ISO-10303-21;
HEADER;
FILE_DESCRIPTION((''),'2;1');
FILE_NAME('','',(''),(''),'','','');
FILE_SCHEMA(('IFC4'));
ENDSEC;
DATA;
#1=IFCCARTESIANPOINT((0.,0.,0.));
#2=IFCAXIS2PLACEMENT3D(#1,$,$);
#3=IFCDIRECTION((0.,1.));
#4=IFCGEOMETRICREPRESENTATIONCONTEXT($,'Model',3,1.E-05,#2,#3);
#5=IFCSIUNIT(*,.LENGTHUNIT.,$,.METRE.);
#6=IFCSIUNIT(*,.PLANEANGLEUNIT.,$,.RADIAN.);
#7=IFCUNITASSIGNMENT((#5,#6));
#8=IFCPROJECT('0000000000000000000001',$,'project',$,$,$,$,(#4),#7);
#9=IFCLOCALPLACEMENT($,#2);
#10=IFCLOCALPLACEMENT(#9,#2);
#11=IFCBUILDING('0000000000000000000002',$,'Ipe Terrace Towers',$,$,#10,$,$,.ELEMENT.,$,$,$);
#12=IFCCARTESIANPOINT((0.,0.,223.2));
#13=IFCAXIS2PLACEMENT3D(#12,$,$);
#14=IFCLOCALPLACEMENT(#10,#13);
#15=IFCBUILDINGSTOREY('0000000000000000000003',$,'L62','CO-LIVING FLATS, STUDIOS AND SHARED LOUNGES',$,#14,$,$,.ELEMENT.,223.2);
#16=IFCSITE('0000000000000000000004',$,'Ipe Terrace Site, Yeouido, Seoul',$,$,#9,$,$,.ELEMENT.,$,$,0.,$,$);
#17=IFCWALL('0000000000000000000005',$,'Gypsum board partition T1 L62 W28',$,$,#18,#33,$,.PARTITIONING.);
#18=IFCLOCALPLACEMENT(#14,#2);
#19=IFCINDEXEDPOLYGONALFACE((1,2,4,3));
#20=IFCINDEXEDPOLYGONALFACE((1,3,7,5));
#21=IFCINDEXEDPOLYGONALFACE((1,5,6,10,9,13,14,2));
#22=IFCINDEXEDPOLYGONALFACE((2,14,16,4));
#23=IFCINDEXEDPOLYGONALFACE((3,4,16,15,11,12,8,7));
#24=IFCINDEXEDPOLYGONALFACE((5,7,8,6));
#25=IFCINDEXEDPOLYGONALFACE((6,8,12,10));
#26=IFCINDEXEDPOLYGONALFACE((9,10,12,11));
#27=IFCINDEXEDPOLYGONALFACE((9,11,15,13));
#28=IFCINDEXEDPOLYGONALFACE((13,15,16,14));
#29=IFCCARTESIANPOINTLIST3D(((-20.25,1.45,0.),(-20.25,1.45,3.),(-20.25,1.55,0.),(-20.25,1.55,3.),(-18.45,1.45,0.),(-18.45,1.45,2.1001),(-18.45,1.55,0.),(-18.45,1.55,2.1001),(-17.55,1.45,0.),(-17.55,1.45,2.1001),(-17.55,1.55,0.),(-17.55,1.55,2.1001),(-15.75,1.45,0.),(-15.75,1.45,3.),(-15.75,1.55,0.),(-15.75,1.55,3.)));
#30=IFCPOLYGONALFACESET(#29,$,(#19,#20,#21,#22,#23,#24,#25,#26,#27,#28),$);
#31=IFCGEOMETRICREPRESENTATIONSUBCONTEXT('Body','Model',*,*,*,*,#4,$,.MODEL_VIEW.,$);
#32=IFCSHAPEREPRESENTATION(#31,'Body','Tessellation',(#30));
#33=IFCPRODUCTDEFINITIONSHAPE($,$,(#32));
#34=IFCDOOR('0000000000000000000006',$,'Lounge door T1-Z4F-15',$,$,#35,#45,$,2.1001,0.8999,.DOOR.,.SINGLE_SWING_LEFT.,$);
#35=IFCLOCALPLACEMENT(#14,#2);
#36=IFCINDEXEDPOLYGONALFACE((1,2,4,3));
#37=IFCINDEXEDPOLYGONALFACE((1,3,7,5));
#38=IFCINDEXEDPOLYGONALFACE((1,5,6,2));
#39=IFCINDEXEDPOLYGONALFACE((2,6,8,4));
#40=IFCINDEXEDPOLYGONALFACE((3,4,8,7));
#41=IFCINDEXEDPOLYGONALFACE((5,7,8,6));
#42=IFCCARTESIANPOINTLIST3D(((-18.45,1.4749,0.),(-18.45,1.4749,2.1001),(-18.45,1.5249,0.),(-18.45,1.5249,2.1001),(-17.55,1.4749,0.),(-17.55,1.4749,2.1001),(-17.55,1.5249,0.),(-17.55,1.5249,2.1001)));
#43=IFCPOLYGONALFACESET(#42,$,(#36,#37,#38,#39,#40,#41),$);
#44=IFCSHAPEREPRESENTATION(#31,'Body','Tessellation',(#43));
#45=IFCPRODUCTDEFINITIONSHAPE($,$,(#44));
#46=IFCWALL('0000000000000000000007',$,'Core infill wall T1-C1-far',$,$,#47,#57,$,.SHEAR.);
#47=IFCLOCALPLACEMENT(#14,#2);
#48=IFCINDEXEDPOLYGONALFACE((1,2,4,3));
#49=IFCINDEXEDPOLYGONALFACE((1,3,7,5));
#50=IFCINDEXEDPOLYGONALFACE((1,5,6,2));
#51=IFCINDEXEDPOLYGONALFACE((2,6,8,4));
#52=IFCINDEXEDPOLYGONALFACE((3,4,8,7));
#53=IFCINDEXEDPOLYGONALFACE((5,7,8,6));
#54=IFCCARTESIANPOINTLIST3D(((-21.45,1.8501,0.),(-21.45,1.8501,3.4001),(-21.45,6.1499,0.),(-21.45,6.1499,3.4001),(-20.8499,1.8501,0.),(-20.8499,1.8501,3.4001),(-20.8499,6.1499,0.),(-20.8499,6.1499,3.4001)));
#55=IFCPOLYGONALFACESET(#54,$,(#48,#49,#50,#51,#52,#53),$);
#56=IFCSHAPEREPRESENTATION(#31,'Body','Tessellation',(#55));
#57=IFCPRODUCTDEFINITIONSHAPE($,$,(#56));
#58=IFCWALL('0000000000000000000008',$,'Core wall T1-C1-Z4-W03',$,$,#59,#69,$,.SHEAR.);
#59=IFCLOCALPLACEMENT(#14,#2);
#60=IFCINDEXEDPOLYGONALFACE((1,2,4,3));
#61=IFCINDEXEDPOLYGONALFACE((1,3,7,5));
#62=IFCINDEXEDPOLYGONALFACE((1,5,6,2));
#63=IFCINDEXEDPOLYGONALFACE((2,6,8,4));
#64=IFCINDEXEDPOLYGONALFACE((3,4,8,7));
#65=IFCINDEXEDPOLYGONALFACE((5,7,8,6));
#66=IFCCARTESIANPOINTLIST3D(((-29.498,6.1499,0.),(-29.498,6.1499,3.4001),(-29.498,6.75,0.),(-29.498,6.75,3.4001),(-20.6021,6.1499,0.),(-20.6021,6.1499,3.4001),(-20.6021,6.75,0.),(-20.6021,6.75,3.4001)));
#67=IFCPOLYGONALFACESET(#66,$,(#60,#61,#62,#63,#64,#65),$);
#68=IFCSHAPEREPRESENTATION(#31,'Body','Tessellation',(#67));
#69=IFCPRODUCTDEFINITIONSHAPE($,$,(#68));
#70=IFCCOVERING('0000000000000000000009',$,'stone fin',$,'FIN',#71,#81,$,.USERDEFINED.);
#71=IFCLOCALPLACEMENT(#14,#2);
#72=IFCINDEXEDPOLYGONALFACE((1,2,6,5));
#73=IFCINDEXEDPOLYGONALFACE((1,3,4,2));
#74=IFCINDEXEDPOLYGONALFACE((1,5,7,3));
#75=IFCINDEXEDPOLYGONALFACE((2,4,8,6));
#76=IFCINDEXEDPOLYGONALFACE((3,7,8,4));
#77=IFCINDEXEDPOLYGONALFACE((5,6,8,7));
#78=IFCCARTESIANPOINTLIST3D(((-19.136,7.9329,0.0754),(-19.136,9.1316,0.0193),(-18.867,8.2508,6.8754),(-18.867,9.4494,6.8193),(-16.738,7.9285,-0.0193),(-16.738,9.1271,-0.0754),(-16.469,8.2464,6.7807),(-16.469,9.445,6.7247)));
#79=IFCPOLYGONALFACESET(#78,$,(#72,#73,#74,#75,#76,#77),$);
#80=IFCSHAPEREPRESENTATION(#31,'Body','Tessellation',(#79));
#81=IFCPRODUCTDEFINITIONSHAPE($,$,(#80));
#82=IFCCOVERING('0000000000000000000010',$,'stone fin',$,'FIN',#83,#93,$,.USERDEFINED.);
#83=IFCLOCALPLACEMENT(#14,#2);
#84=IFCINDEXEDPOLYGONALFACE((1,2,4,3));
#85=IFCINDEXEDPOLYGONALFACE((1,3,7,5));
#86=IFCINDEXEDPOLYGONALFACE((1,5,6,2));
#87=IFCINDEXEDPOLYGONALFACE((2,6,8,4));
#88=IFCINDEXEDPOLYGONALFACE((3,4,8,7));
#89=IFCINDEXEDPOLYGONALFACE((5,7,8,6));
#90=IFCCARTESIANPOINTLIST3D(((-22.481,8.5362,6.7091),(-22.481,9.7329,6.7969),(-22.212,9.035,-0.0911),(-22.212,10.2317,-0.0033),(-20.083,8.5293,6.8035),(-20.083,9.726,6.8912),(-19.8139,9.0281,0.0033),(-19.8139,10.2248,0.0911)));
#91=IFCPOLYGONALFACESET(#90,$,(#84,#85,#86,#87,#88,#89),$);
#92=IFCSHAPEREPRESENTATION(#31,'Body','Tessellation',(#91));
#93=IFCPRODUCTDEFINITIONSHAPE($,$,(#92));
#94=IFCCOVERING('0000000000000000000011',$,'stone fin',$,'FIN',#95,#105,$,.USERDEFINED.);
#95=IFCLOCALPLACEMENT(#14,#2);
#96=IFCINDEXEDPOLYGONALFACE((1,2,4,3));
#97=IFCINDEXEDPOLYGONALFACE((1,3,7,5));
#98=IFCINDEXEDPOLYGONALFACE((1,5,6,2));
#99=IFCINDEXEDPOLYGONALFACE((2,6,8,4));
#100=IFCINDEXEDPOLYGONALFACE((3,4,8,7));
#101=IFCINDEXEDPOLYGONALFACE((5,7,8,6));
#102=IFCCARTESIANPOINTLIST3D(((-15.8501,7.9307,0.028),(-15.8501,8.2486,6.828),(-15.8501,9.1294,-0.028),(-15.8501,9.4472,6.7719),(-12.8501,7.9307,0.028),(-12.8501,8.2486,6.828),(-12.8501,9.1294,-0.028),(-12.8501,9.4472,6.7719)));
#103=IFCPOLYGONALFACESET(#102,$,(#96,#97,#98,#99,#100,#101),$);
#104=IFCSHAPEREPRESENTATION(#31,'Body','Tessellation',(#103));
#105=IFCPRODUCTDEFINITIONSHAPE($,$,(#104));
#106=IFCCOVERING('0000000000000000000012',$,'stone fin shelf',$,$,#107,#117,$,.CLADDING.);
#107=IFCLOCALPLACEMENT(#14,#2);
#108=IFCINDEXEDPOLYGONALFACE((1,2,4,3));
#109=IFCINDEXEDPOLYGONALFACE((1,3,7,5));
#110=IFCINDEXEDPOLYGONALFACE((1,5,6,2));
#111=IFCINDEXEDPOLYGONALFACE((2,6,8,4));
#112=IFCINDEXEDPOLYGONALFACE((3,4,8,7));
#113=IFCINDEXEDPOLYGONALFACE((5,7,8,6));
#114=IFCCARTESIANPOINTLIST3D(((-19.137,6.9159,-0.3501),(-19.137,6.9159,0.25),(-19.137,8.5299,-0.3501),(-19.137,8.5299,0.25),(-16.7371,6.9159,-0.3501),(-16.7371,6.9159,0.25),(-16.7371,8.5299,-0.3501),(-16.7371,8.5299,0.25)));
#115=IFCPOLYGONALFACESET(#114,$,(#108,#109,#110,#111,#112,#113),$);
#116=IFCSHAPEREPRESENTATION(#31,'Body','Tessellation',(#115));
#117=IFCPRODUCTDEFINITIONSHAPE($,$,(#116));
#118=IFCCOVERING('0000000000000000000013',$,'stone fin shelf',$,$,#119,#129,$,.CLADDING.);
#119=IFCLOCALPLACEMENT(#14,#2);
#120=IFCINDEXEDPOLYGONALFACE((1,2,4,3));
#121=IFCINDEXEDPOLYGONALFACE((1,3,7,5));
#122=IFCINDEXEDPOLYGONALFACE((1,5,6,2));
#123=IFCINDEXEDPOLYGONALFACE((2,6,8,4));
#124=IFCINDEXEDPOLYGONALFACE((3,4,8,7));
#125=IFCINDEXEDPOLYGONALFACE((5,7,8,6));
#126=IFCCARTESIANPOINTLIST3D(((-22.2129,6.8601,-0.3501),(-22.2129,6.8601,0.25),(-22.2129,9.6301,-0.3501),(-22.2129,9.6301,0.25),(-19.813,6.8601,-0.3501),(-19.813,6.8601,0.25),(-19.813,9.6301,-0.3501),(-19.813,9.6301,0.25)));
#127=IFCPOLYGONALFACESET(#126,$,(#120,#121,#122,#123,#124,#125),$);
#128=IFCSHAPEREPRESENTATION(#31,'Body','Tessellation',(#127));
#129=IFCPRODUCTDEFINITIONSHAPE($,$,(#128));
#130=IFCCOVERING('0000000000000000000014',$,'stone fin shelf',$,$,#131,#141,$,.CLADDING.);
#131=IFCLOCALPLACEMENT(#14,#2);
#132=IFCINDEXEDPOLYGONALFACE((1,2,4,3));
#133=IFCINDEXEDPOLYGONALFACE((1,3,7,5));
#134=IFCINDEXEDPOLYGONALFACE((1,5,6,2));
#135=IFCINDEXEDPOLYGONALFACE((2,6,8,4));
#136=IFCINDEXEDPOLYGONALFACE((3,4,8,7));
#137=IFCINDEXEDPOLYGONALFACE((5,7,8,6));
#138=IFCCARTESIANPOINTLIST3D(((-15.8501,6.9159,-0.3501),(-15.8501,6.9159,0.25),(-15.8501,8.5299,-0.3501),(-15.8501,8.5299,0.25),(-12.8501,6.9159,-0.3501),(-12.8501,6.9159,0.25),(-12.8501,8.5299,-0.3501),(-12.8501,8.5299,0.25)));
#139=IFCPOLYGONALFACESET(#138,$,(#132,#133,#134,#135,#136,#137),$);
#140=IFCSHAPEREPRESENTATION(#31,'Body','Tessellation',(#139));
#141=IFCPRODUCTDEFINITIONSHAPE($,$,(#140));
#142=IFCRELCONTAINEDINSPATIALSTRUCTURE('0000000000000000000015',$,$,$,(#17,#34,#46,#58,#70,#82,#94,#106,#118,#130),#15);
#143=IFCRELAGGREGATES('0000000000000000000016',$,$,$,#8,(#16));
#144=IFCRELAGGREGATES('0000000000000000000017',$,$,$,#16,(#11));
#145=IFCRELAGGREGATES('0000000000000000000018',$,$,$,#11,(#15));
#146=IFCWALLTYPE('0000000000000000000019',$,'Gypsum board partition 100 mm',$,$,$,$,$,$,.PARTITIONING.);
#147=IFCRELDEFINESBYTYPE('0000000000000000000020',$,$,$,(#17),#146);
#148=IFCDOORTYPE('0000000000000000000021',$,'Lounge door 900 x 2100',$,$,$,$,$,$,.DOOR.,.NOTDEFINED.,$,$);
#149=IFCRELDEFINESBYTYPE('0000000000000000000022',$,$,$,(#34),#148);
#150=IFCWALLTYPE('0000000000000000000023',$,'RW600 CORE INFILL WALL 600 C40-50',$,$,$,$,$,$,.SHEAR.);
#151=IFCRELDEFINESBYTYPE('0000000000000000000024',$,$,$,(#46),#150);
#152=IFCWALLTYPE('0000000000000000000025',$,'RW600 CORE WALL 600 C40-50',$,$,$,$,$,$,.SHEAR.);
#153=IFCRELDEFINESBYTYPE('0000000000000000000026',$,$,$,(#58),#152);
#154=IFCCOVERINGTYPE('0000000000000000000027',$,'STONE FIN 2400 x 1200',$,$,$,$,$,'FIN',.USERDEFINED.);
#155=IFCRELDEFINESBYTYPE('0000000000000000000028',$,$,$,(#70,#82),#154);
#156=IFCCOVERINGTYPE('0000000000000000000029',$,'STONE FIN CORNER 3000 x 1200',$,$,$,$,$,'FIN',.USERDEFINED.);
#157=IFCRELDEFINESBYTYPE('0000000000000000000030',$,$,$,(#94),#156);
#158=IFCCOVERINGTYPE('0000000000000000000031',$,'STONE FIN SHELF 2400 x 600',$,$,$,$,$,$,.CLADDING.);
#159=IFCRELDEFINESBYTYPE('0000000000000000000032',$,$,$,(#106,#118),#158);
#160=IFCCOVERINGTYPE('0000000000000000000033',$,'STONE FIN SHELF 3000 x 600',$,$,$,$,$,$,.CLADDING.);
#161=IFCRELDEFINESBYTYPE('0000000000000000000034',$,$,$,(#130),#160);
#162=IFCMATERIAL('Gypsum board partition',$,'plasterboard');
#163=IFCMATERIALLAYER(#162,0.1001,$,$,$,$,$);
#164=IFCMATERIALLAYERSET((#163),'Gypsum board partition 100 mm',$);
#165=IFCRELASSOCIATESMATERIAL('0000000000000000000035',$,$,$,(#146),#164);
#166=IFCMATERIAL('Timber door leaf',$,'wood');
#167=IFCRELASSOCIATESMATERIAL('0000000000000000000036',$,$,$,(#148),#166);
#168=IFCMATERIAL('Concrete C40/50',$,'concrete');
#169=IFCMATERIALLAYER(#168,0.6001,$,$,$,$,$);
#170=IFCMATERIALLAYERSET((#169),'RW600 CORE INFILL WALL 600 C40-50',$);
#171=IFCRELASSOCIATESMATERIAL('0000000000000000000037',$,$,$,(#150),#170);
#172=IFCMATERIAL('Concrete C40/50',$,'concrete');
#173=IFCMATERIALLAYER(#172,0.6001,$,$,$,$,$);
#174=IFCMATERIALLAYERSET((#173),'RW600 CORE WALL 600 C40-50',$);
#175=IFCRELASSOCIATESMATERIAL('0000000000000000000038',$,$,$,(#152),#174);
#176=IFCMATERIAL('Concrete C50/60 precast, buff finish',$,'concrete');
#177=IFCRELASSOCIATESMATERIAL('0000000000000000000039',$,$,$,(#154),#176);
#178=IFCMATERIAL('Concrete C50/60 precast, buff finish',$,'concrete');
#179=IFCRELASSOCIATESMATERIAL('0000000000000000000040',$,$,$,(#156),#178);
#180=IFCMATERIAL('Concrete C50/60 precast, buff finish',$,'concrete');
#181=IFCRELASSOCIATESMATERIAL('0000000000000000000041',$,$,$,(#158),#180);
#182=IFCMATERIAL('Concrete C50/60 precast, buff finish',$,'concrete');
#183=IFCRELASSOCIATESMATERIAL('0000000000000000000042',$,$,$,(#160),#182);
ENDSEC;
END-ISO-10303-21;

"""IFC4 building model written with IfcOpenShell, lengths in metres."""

from ifc_helpers import new_model, si_unit, direction, frame, frame_2d, origin, origin_2d, place, context, subcontext, project, spatial, rectangle, extrude, material, layer, layer_set, material_profile, profile_set, type_object, element, fill, save


model = new_model("IFC4")

# Units and contexts
model_context = context("Model", 3, precision=1e-05, world=origin(), true_north=direction((0.0, 1.0)))
body_context = subcontext(model_context, "Body", "Model", "MODEL_VIEW")
ifc_project = project(units=[si_unit("LENGTHUNIT", "METRE"), si_unit("PLANEANGLEUNIT", "RADIAN")], contexts=[model_context])

# Site, building, storey
site_placement = place(None, origin())
site = spatial("IfcSite", under=ifc_project, at=site_placement, Name="Ipe Terrace Site, Yeouido, Seoul", CompositionType="ELEMENT", RefElevation=0.0)
building_placement = place(site_placement, origin())
building = spatial("IfcBuilding", under=site, at=building_placement, Name="Ipe Terrace Towers", CompositionType="ELEMENT")
storey_placement = place(building_placement, frame((0.0, 0.0, 223.2)))
storey = spatial("IfcBuildingStorey", under=building, at=storey_placement, Name="L62", Description="CO-LIVING FLATS, STUDIOS AND SHARED LOUNGES", CompositionType="ELEMENT", Elevation=223.2)

# Wall, opening, door
ifc_material_1 = material(Name="Gypsum board partition", Category="plasterboard")
ifc_layer_1 = layer(ifc_material_1, 0.1001)
ifc_layer_set_1 = layer_set([ifc_layer_1], Name="Gypsum board partition 100 mm")
wall_type_1 = type_object("IfcWallType", Name="Gypsum board partition 100 mm", PredefinedType="PARTITIONING", material=ifc_layer_set_1)
wall_1_placement = place(storey_placement, frame((-20.25, 1.5, 0.0), z_axis=(0.0, 0.0, 1.0), x_axis=(1.0, 0.0, 0.0)))
wall_1 = element("IfcWall", 1, at=wall_1_placement, inside=storey, type_object=wall_type_1, Name="Gypsum board partition T1 L62 W28", PredefinedType="PARTITIONING", context=body_context, shape_type="SweptSolid", body=[
    extrude(rectangle(XDim=4.5, YDim=0.1001, at=frame_2d((2.25, 0.0))), origin(), (0.0, 0.0, 1.0), 3.0),
])
opening_placement = place(wall_1_placement, frame((1.8, 0.0, 0.0)))
opening = element("IfcOpeningElement", 2, at=opening_placement, cuts=wall_1, PredefinedType="OPENING", context=body_context, shape_type="SweptSolid", body=[
    extrude(rectangle(XDim=0.8999, YDim=2.1001, at=frame_2d((0.45, 1.05))), frame((0.0, 0.0601, 0.0), z_axis=(0.0, -1.0, 0.0), x_axis=(1.0, 0.0, 0.0)), (0.0, 0.0, 1.0), 0.1201),
])
ifc_material_2 = material(Name="Timber door leaf", Category="wood")
door_type = type_object("IfcDoorType", Name="Lounge door 900 x 2100", OperationType="NOTDEFINED", PredefinedType="DOOR", material=ifc_material_2)
door_placement = place(opening_placement, origin())
door = element("IfcDoor", 3, at=door_placement, inside=storey, type_object=door_type, Name="Lounge door T1-Z4F-15", OperationType="SINGLE_SWING_LEFT", OverallHeight=2.1001, OverallWidth=0.8999, PredefinedType="DOOR", context=body_context, shape_type="SweptSolid", body=[
    extrude(rectangle(XDim=0.8999, YDim=2.1001, at=frame_2d((0.45, 1.05))), frame((0.0, 0.0249, 0.0), z_axis=(0.0, -1.0, 0.0), x_axis=(1.0, 0.0, 0.0)), (0.0, 0.0, 1.0), 0.05),
])
fill(opening, door)

# Walls
ifc_material_3 = material(Name="Concrete C40/50", Category="concrete")
ifc_layer_2 = layer(ifc_material_3, 0.6001)
ifc_layer_set_2 = layer_set([ifc_layer_2], Name="RW600 CORE INFILL WALL 600 C40-50")
wall_type_2 = type_object("IfcWallType", Name="RW600 CORE INFILL WALL 600 C40-50", PredefinedType="SHEAR", material=ifc_layer_set_2)
wall_2_placement = place(storey_placement, frame((-21.1499, 1.8501, 0.0), z_axis=(0.0, 0.0, 1.0), x_axis=(0.0, 1.0, 0.0)))
element("IfcWall", 4, at=wall_2_placement, inside=storey, type_object=wall_type_2, Name="Core infill wall T1-C1-far", PredefinedType="SHEAR", context=body_context, shape_type="SweptSolid", body=[
    extrude(rectangle(XDim=4.2998, YDim=0.6001, at=frame_2d((2.1499, 0.0))), origin(), (0.0, 0.0, 1.0), 3.4001),
])
ifc_material_4 = material(Name="Concrete C40/50", Category="concrete")
ifc_layer_3 = layer(ifc_material_4, 0.6001)
ifc_layer_set_3 = layer_set([ifc_layer_3], Name="RW600 CORE WALL 600 C40-50")
wall_type_3 = type_object("IfcWallType", Name="RW600 CORE WALL 600 C40-50", PredefinedType="SHEAR", material=ifc_layer_set_3)
wall_3_placement = place(storey_placement, frame((-20.6021, 6.45, 0.0), z_axis=(0.0, 0.0, 1.0), x_axis=(-1.0, 0.0, 0.0)))
element("IfcWall", 5, at=wall_3_placement, inside=storey, type_object=wall_type_3, Name="Core wall T1-C1-Z4-W03", PredefinedType="SHEAR", context=body_context, shape_type="SweptSolid", body=[
    extrude(rectangle(XDim=8.896, YDim=0.6001, at=frame_2d((4.448, 0.0))), origin(), (0.0, 0.0, 1.0), 3.4001),
])

# Coverings
ifc_material_5 = material(Name="Concrete C50/60 precast, buff finish", Category="concrete")
ifc_material_profile_1 = material_profile(ifc_material_5, rectangle(XDim=2.3999, YDim=1.2, at=origin_2d()), Name="STONE FIN 2400 x 1200")
ifc_profile_set_1 = profile_set([ifc_material_profile_1], Name="Concrete C50/60 precast, buff finish")
covering_type_1 = type_object("IfcCoveringType", Name="STONE FIN 2400 x 1200", ElementType="FIN", PredefinedType="USERDEFINED", material=ifc_profile_set_1)
covering_1_placement = place(storey_placement, frame((-17.937, 8.53, 0.0), z_axis=(0.039491, 0.046658, 0.99813), x_axis=(-0.99922, 0.001844, 0.039448)))
element("IfcCovering", 6, at=covering_1_placement, inside=storey, type_object=covering_type_1, Name="stone fin", ObjectType="FIN", PredefinedType="USERDEFINED", context=body_context, shape_type="SweptSolid", body=[
    extrude(rectangle(XDim=2.3999, YDim=1.2, at=origin_2d()), origin(), (0.0, 0.0, 1.0), 6.8127),
])
covering_2_placement = place(storey_placement, frame((-21.0129, 9.6299, 0.0), z_axis=(-0.039428, -0.073096, 0.996545), x_axis=(-0.999222, 0.002884, -0.039323)))
element("IfcCovering", 7, at=covering_2_placement, inside=storey, type_object=covering_type_1, Name="stone fin", ObjectType="FIN", PredefinedType="USERDEFINED", context=body_context, shape_type="SweptSolid", body=[
    extrude(rectangle(XDim=2.3999, YDim=1.2, at=origin_2d()), origin(), (0.0, 0.0, 1.0), 6.8237),
])
ifc_material_6 = material(Name="Concrete C50/60 precast, buff finish", Category="concrete")
ifc_material_profile_2 = material_profile(ifc_material_6, rectangle(XDim=3.0, YDim=1.2, at=origin_2d()), Name="STONE FIN CORNER 3000 x 1200")
ifc_profile_set_2 = profile_set([ifc_material_profile_2], Name="Concrete C50/60 precast, buff finish")
covering_type_2 = type_object("IfcCoveringType", Name="STONE FIN CORNER 3000 x 1200", ElementType="FIN", PredefinedType="USERDEFINED", material=ifc_profile_set_2)
covering_3_placement = place(storey_placement, frame((-14.3501, 8.53, 0.0), z_axis=(0.0, 0.046694, 0.998909), x_axis=(-1.0, 0.0, 0.0)))
element("IfcCovering", 8, at=covering_3_placement, inside=storey, type_object=covering_type_2, Name="stone fin", ObjectType="FIN", PredefinedType="USERDEFINED", context=body_context, shape_type="SweptSolid", body=[
    extrude(rectangle(XDim=3.0, YDim=1.2, at=origin_2d()), origin(), (0.0, 0.0, 1.0), 6.8074),
])
ifc_material_7 = material(Name="Concrete C50/60 precast, buff finish", Category="concrete")
covering_type_3 = type_object("IfcCoveringType", Name="STONE FIN SHELF 2400 x 600", PredefinedType="CLADDING", material=ifc_material_7)
covering_4_placement = place(storey_placement, frame((-17.937, 7.7229, -0.3501), z_axis=(0.0, 0.0, 1.0), x_axis=(-1.0, 0.0, 0.0)))
element("IfcCovering", 9, at=covering_4_placement, inside=storey, type_object=covering_type_3, Name="stone fin shelf", PredefinedType="CLADDING", context=body_context, shape_type="SweptSolid", body=[
    extrude(rectangle(XDim=2.3999, YDim=1.614, at=origin_2d()), origin(), (0.0, 0.0, 1.0), 0.6001),
])
covering_5_placement = place(storey_placement, frame((-21.0129, 8.2451, -0.3501), z_axis=(0.0, 0.0, 1.0), x_axis=(-1.0, 0.0, 0.0)))
element("IfcCovering", 10, at=covering_5_placement, inside=storey, type_object=covering_type_3, Name="stone fin shelf", PredefinedType="CLADDING", context=body_context, shape_type="SweptSolid", body=[
    extrude(rectangle(XDim=2.3999, YDim=2.77, at=origin_2d()), origin(), (0.0, 0.0, 1.0), 0.6001),
])
ifc_material_8 = material(Name="Concrete C50/60 precast, buff finish", Category="concrete")
covering_type_4 = type_object("IfcCoveringType", Name="STONE FIN SHELF 3000 x 600", PredefinedType="CLADDING", material=ifc_material_8)
covering_6_placement = place(storey_placement, frame((-14.3501, 7.7229, -0.3501), z_axis=(0.0, 0.0, 1.0), x_axis=(-1.0, 0.0, 0.0)))
element("IfcCovering", 11, at=covering_6_placement, inside=storey, type_object=covering_type_4, Name="stone fin shelf", PredefinedType="CLADDING", context=body_context, shape_type="SweptSolid", body=[
    extrude(rectangle(XDim=3.0, YDim=1.614, at=origin_2d()), origin(), (0.0, 0.0, 1.0), 0.6001),
])

save(model, "model.ifc")
